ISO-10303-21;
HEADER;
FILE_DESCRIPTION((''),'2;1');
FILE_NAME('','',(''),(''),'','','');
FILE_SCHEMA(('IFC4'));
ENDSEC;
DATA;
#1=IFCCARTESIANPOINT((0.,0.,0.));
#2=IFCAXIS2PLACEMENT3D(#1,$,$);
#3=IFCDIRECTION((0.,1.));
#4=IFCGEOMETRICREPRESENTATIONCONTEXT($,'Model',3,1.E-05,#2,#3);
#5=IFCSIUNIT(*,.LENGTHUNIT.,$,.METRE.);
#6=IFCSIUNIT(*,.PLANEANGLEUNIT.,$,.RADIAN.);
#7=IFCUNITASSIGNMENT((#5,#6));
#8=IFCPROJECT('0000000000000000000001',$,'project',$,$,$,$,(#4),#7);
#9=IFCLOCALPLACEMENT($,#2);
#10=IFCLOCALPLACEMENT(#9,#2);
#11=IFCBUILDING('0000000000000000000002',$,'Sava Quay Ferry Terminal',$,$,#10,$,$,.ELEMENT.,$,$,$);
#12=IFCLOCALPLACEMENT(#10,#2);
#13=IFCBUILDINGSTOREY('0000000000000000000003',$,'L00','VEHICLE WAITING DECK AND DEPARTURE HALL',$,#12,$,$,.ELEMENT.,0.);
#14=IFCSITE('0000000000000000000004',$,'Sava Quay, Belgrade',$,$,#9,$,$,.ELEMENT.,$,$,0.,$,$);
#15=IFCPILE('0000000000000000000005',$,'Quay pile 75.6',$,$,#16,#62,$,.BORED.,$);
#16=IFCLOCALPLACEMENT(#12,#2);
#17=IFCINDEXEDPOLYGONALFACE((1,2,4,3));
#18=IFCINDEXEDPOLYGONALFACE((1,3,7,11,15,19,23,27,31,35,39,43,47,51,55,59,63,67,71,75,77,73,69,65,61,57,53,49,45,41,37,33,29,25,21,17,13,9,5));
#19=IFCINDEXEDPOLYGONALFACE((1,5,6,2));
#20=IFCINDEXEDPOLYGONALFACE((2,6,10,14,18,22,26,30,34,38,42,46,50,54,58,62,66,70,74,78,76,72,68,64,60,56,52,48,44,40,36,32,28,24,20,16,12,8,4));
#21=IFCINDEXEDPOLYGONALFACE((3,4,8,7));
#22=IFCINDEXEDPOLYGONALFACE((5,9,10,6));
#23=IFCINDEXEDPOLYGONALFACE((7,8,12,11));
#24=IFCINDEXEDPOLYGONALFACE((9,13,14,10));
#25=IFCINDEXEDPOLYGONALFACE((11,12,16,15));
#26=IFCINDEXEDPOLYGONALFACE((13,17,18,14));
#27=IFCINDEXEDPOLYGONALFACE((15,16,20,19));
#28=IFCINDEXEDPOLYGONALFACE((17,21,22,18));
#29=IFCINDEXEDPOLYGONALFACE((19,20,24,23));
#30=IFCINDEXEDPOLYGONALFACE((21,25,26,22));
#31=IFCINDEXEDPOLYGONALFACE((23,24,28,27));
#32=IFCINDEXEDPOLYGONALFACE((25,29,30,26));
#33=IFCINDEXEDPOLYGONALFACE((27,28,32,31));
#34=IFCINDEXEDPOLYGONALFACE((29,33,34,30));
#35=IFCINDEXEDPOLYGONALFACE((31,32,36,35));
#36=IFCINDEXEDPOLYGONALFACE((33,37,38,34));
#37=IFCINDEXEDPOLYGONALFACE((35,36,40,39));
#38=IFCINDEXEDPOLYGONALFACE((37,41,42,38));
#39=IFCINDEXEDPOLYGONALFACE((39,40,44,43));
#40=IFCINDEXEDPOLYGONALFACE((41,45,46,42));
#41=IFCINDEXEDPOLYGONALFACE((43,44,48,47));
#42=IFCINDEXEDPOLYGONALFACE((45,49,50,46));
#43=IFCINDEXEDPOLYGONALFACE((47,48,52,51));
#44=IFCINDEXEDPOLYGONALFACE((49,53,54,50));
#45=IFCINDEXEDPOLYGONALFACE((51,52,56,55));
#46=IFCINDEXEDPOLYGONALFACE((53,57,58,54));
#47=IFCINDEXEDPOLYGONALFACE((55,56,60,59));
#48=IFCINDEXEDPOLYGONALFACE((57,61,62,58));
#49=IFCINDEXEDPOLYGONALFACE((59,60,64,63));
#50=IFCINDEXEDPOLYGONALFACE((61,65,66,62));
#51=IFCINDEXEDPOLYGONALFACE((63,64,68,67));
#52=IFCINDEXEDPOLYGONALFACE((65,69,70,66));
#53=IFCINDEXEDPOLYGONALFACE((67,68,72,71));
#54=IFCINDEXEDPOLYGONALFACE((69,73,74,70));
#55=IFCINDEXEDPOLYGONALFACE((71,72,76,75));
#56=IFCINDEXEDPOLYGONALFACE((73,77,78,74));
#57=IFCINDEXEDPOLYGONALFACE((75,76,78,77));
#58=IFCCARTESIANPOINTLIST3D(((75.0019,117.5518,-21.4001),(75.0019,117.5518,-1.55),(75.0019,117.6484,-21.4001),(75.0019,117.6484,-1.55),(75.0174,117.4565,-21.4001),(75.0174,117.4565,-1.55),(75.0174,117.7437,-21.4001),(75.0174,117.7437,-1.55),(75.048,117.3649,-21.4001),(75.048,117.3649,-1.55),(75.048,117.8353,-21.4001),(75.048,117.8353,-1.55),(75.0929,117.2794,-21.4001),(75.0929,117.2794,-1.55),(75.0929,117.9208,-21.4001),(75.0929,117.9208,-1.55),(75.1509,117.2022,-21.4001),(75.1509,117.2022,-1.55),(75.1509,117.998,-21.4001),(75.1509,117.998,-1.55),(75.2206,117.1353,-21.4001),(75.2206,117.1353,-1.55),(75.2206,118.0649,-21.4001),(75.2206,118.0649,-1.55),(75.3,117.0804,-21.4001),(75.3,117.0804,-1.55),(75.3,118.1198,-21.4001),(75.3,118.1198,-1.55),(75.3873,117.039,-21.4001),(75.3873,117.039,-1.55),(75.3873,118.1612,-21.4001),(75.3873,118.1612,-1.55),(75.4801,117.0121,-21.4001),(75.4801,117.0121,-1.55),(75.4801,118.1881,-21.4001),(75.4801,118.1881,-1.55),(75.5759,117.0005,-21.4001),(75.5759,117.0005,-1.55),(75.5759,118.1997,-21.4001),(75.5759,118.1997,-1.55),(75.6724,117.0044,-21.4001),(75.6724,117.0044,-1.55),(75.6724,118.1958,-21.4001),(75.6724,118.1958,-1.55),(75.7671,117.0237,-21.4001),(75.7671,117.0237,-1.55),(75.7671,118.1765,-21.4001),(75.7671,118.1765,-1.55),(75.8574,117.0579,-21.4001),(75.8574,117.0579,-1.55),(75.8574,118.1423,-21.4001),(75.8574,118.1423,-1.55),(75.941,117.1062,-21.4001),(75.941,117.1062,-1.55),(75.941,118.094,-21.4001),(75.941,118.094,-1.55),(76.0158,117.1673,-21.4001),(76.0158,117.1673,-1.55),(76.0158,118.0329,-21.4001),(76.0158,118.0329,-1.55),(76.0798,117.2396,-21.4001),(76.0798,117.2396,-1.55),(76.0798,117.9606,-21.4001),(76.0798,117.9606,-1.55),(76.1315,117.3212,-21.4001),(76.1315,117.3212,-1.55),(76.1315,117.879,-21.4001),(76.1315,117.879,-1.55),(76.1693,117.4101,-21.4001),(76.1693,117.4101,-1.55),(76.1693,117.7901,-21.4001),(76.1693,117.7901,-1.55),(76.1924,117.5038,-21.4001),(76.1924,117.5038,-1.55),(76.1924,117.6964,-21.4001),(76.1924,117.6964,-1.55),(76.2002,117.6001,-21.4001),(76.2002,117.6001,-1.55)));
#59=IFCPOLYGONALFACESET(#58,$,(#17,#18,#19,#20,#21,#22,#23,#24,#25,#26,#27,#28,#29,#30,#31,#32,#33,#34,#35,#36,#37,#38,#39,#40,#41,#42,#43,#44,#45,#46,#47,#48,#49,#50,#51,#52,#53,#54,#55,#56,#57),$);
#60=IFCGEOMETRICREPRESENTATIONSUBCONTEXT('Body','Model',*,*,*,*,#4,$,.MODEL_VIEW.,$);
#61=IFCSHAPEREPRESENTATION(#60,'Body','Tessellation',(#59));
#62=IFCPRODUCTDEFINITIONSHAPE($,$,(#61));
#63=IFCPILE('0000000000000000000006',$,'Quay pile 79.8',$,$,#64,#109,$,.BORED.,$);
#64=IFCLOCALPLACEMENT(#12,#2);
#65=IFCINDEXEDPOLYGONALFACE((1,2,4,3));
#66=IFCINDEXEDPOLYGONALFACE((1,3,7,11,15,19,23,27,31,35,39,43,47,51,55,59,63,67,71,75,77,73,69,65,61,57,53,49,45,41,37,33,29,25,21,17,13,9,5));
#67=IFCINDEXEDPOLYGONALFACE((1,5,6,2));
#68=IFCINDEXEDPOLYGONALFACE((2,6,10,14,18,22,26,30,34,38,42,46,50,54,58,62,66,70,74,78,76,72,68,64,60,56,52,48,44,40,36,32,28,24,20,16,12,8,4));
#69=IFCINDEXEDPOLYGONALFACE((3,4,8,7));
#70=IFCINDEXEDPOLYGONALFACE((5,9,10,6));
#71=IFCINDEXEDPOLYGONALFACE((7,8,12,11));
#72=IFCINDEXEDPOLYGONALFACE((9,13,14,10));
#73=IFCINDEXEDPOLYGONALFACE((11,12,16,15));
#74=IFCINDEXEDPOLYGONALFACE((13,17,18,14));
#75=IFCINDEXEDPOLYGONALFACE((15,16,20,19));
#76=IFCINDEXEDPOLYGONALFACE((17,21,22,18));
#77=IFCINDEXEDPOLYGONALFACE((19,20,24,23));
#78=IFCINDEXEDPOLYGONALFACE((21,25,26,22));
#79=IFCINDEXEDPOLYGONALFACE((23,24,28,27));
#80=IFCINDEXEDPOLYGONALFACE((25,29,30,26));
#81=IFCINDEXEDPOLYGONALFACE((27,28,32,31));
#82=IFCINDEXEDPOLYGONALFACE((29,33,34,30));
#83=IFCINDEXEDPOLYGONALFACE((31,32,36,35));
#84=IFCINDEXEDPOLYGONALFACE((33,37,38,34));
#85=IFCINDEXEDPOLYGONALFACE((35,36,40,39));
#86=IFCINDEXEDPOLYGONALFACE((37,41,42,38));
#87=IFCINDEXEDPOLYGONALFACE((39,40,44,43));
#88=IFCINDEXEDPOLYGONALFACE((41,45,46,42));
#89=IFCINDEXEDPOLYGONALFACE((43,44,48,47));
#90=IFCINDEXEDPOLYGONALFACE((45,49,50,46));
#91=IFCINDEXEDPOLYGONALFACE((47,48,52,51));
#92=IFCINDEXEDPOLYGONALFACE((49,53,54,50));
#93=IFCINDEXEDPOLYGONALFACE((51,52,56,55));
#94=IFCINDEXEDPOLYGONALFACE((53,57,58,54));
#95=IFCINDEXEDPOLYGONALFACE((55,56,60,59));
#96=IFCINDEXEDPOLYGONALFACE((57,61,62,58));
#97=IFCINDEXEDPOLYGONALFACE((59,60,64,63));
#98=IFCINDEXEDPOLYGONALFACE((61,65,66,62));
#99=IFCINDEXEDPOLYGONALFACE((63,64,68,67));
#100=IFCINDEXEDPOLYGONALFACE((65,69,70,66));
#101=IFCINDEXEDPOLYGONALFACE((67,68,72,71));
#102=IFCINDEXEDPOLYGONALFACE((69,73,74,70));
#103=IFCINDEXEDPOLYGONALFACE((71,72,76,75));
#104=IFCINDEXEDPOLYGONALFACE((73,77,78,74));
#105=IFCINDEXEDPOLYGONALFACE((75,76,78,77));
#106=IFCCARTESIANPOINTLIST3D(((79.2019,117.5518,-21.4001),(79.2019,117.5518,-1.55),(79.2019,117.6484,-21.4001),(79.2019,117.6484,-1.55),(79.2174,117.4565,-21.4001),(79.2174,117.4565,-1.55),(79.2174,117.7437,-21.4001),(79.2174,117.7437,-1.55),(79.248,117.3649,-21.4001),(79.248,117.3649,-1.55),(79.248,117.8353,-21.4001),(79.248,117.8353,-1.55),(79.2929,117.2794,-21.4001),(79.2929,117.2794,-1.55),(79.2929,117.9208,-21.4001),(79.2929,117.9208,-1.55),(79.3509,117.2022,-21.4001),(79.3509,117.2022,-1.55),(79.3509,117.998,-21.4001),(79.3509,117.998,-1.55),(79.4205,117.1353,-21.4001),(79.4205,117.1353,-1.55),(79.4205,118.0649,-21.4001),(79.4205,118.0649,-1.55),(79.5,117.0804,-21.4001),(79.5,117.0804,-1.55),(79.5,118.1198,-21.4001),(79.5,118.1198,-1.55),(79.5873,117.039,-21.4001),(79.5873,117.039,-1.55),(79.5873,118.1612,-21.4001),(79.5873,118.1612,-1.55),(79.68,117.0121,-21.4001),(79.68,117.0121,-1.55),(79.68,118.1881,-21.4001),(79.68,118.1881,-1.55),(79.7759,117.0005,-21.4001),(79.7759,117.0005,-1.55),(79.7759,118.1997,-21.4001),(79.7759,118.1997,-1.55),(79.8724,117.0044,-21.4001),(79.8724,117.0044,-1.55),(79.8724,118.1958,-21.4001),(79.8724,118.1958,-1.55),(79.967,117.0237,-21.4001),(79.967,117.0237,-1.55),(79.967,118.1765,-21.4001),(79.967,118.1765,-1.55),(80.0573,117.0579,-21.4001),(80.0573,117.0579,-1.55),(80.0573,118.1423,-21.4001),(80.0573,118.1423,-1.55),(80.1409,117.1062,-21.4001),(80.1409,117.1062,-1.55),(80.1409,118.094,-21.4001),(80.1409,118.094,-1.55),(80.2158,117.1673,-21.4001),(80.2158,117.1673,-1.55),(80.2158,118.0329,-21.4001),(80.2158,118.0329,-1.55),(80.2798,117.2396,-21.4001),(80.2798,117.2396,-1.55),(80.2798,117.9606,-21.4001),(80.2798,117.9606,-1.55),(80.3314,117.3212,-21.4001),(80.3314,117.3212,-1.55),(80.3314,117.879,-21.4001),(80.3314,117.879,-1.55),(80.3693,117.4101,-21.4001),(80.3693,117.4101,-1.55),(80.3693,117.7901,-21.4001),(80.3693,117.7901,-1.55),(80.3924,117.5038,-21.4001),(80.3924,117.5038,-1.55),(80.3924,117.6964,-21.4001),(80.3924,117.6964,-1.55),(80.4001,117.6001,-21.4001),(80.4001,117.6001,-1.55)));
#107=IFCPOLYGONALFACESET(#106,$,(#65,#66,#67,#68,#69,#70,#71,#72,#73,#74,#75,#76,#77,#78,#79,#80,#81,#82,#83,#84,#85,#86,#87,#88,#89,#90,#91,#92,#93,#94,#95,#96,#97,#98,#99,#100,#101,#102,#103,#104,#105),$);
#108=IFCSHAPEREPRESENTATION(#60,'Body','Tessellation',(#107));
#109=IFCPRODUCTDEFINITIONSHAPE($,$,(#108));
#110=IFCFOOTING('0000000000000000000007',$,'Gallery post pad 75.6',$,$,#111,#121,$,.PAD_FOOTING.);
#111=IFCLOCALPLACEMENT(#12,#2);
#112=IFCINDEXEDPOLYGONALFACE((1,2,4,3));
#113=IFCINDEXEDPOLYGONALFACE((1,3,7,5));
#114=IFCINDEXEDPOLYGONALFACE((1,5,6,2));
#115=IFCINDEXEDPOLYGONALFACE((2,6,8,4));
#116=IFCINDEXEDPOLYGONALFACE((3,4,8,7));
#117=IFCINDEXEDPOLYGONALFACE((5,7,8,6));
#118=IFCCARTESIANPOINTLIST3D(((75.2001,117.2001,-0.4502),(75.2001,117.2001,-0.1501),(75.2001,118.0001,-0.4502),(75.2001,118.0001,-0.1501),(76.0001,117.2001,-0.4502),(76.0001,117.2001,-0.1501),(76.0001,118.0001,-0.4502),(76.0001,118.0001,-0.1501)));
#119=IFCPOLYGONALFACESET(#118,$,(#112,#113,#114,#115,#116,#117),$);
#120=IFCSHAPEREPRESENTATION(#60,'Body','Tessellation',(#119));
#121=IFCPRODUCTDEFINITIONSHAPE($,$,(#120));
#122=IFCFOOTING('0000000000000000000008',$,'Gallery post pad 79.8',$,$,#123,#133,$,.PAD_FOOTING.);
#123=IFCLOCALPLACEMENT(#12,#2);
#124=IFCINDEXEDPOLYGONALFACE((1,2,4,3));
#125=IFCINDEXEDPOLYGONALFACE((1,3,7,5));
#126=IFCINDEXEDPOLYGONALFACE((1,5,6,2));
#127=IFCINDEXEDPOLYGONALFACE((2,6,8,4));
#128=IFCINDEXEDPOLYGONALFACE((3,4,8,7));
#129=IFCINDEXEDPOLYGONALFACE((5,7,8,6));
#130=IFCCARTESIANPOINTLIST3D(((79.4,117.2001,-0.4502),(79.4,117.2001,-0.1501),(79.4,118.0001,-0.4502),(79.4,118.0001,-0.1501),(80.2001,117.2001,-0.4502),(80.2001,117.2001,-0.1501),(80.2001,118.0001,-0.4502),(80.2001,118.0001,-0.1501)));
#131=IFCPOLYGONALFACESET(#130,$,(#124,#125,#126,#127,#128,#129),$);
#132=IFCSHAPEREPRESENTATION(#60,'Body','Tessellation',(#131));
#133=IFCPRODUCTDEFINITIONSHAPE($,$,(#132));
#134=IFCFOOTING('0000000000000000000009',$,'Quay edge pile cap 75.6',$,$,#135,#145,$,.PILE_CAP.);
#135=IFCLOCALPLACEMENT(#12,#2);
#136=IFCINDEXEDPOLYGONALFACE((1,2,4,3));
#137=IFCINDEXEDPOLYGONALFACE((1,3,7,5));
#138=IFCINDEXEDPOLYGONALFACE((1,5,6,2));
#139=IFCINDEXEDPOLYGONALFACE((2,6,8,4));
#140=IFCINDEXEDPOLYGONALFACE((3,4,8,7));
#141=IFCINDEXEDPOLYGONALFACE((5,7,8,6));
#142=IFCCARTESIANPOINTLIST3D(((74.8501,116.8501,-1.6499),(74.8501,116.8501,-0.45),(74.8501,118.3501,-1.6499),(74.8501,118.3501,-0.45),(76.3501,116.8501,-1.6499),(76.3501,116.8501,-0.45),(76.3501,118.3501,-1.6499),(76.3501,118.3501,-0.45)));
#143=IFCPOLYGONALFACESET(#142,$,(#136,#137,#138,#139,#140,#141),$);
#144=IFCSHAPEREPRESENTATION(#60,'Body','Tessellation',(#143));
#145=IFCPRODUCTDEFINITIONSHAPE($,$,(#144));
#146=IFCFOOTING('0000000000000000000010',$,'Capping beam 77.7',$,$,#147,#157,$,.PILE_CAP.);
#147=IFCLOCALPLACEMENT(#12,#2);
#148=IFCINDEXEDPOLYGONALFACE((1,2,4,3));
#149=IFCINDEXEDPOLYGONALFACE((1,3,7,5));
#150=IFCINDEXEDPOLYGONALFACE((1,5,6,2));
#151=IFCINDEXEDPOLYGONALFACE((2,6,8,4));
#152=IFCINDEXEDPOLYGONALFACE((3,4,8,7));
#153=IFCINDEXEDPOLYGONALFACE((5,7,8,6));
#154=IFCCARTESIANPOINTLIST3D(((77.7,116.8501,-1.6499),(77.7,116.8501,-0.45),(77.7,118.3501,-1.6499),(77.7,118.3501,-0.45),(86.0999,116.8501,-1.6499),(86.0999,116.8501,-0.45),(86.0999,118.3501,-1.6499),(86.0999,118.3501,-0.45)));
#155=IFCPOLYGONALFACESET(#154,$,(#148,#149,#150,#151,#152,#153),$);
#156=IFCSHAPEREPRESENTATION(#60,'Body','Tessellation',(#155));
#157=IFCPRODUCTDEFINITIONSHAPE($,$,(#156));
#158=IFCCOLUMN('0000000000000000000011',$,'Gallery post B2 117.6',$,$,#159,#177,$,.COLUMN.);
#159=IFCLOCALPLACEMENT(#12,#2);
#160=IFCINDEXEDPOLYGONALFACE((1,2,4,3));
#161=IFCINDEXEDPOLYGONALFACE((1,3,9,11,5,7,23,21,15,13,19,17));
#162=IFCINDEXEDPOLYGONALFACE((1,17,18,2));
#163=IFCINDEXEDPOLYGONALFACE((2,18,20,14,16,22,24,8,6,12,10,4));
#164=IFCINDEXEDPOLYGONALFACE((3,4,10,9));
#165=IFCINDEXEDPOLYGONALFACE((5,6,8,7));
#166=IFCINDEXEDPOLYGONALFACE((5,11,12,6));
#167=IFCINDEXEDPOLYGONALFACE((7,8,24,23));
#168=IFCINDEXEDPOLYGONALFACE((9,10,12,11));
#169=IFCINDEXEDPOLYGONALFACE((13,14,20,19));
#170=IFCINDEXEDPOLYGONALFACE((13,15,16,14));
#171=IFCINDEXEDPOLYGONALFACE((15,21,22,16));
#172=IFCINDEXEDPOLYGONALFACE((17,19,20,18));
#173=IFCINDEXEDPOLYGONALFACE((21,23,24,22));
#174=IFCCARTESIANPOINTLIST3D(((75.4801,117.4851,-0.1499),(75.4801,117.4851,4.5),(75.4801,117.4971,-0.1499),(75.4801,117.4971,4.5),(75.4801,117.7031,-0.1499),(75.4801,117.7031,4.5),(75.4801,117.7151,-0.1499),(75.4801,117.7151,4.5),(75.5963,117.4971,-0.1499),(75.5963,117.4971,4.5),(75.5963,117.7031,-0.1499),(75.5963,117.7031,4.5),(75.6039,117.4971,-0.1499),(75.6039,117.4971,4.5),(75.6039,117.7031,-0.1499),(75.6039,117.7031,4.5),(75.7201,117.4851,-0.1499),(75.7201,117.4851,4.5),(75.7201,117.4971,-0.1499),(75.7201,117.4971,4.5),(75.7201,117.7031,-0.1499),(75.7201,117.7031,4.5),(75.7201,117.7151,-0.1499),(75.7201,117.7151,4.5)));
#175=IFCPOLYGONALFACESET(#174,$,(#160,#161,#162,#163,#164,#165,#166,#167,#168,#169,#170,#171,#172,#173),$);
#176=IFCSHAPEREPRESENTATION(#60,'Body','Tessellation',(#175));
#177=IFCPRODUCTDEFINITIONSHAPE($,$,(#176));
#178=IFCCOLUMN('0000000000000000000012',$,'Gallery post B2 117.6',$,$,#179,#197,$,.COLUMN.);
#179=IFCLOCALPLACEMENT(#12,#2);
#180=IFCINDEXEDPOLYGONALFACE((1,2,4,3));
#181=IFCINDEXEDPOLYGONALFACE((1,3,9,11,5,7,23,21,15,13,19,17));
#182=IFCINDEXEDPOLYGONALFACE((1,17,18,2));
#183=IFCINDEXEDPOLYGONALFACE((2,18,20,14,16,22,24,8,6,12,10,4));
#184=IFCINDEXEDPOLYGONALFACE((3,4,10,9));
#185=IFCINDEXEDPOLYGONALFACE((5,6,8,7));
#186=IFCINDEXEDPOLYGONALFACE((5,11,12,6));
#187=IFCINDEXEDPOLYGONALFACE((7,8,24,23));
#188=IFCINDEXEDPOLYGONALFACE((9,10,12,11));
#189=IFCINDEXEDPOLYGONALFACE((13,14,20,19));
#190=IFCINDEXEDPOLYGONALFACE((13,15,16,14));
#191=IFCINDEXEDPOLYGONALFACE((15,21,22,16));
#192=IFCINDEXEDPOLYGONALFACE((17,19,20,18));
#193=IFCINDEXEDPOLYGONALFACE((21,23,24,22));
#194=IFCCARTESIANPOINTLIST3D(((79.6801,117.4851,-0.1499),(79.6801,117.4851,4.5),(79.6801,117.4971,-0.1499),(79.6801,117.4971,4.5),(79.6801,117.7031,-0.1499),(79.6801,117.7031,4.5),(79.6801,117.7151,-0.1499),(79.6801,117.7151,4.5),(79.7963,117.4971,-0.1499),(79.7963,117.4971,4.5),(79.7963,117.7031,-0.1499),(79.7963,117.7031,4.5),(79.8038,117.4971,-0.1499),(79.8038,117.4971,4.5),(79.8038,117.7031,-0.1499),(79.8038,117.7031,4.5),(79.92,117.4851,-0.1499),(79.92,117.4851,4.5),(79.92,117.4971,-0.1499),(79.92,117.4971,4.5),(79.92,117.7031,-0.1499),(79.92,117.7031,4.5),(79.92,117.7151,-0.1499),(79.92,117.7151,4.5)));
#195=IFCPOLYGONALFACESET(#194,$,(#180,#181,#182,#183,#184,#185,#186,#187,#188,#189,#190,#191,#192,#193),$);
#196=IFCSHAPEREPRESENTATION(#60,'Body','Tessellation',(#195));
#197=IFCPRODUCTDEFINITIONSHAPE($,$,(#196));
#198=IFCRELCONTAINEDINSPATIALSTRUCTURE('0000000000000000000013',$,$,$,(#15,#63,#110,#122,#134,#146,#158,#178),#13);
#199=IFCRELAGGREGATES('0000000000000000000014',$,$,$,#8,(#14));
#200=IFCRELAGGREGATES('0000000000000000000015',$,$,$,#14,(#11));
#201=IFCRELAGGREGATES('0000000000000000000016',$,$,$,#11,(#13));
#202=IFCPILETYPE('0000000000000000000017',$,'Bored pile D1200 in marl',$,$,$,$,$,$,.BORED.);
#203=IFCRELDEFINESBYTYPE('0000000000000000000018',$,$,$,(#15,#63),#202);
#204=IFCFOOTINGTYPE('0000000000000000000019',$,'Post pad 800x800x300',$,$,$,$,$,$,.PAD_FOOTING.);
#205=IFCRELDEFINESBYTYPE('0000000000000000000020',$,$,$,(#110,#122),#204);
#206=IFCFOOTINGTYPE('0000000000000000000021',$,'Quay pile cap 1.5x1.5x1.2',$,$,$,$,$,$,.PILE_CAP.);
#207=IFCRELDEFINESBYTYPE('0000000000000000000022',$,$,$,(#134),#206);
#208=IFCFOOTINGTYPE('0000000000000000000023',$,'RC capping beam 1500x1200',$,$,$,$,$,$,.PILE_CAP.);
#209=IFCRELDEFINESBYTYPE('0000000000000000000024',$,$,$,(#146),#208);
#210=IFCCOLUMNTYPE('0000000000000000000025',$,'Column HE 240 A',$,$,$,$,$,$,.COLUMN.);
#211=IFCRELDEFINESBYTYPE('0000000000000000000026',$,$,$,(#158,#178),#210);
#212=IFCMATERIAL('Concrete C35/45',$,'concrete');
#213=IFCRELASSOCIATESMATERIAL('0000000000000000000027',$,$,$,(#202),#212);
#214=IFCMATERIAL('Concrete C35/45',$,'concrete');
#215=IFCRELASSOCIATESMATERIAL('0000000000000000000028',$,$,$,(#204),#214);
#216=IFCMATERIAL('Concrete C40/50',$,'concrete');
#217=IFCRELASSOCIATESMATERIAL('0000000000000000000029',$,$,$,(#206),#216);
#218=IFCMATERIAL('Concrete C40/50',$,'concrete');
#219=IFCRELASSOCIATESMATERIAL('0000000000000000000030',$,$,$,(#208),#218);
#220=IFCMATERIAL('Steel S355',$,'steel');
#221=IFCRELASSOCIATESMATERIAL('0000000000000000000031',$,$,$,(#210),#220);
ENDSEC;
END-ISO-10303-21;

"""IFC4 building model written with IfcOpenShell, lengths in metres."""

from ifc_helpers import new_model, si_unit, direction, frame, origin, origin_2d, place, context, subcontext, project, spatial, rectangle, circle, i_section, extrude, material, material_profile, profile_set, type_object, element, save


model = new_model("IFC4")

# Units and contexts
model_context = context("Model", 3, precision=1e-05, world=origin(), true_north=direction((0.0, 1.0)))
body_context = subcontext(model_context, "Body", "Model", "MODEL_VIEW")
ifc_project = project(units=[si_unit("LENGTHUNIT", "METRE"), si_unit("PLANEANGLEUNIT", "RADIAN")], contexts=[model_context])

# Site, building, storey
site_placement = place(None, origin())
site = spatial("IfcSite", under=ifc_project, at=site_placement, Name="Sava Quay, Belgrade", CompositionType="ELEMENT", RefElevation=0.0)
building_placement = place(site_placement, origin())
building = spatial("IfcBuilding", under=site, at=building_placement, Name="Sava Quay Ferry Terminal", CompositionType="ELEMENT")
storey_placement = place(building_placement, origin())
storey = spatial("IfcBuildingStorey", under=building, at=storey_placement, Name="L00", Description="VEHICLE WAITING DECK AND DEPARTURE HALL", CompositionType="ELEMENT", Elevation=0.0)

# Piles
ifc_material_1 = material(Name="Concrete C35/45", Category="concrete")
ifc_material_profile_1 = material_profile(ifc_material_1, circle(Radius=0.6001, at=origin_2d()), Name="Bored pile D1200 in marl")
ifc_profile_set_1 = profile_set([ifc_material_profile_1], Name="Concrete C35/45")
pile_type = type_object("IfcPileType", Name="Bored pile D1200 in marl", PredefinedType="BORED", material=ifc_profile_set_1)
for number, where, z_axis, x_axis, name in (
    (1, (75.6001, 117.6001, -1.55), (0.0, 0.0, -1.0), (1.0, 0.0, 0.0), "Quay pile 75.6"),
    (2, (79.8, 117.6001, -1.55), (0.0, 0.0, -1.0), (1.0, 0.0, 0.0), "Quay pile 79.8"),
):
    element("IfcPile", number, at=place(storey_placement, frame(where, z_axis=z_axis, x_axis=x_axis)), inside=storey, type_object=pile_type, Name=name, PredefinedType="BORED", context=body_context, shape_type="SweptSolid", body=[
        extrude(circle(Radius=0.6001, at=origin_2d()), origin(), (0.0, 0.0, 1.0), 19.8501),
    ])

# Footings
ifc_material_2 = material(Name="Concrete C35/45", Category="concrete")
footing_type_1 = type_object("IfcFootingType", Name="Post pad 800x800x300", PredefinedType="PAD_FOOTING", material=ifc_material_2)
for number, where, z_axis, x_axis, name in (
    (3, (75.6001, 117.6001, -0.4502), (0.0, 0.0, 1.0), (1.0, 0.0, 0.0), "Gallery post pad 75.6"),
    (4, (79.8, 117.6001, -0.4502), (0.0, 0.0, 1.0), (1.0, 0.0, 0.0), "Gallery post pad 79.8"),
):
    element("IfcFooting", number, at=place(storey_placement, frame(where, z_axis=z_axis, x_axis=x_axis)), inside=storey, type_object=footing_type_1, Name=name, PredefinedType="PAD_FOOTING", context=body_context, shape_type="SweptSolid", body=[
        extrude(rectangle(XDim=0.8, YDim=0.8, at=origin_2d()), origin(), (0.0, 0.0, 1.0), 0.3),
    ])
ifc_material_3 = material(Name="Concrete C40/50", Category="concrete")
footing_type_2 = type_object("IfcFootingType", Name="Quay pile cap 1.5x1.5x1.2", PredefinedType="PILE_CAP", material=ifc_material_3)
footing_1_placement = place(storey_placement, frame((75.6001, 117.6001, -1.6499), z_axis=(0.0, 0.0, 1.0), x_axis=(1.0, 0.0, 0.0)))
element("IfcFooting", 5, at=footing_1_placement, inside=storey, type_object=footing_type_2, Name="Quay edge pile cap 75.6", PredefinedType="PILE_CAP", context=body_context, shape_type="SweptSolid", body=[
    extrude(rectangle(XDim=1.5, YDim=1.5, at=origin_2d()), origin(), (0.0, 0.0, 1.0), 1.2),
])
ifc_material_4 = material(Name="Concrete C40/50", Category="concrete")
footing_type_3 = type_object("IfcFootingType", Name="RC capping beam 1500x1200", PredefinedType="PILE_CAP", material=ifc_material_4)
footing_2_placement = place(storey_placement, frame((81.8999, 117.6001, -1.6499), z_axis=(0.0, 0.0, 1.0), x_axis=(1.0, 0.0, 0.0)))
element("IfcFooting", 6, at=footing_2_placement, inside=storey, type_object=footing_type_3, Name="Capping beam 77.7", PredefinedType="PILE_CAP", context=body_context, shape_type="SweptSolid", body=[
    extrude(rectangle(XDim=8.3999, YDim=1.5, at=origin_2d()), origin(), (0.0, 0.0, 1.0), 1.2),
])

# Columns
ifc_material_5 = material(Name="Steel S355", Category="steel")
ifc_material_profile_2 = material_profile(ifc_material_5, i_section(OverallWidth=0.24, OverallDepth=0.23, WebThickness=0.0076, FlangeThickness=0.012, at=origin_2d()), Name="HE 240 A")
ifc_profile_set_2 = profile_set([ifc_material_profile_2], Name="Steel S355")
column_type = type_object("IfcColumnType", Name="Column HE 240 A", PredefinedType="COLUMN", material=ifc_profile_set_2)
for number, where, z_axis, x_axis, name in (
    (7, (75.6001, 117.6001, -0.1499), (0.0, 0.0, 1.0), (1.0, 0.0, 0.0), "Gallery post B2 117.6"),
    (8, (79.8, 117.6001, -0.1499), (0.0, 0.0, 1.0), (1.0, 0.0, 0.0), "Gallery post B2 117.6"),
):
    element("IfcColumn", number, at=place(storey_placement, frame(where, z_axis=z_axis, x_axis=x_axis)), inside=storey, type_object=column_type, Name=name, PredefinedType="COLUMN", context=body_context, shape_type="SweptSolid", body=[
        extrude(i_section(OverallWidth=0.24, OverallDepth=0.23, WebThickness=0.0076, FlangeThickness=0.012, at=origin_2d()), origin(), (0.0, 0.0, 1.0), 4.6499),
    ])

save(model, "model.ifc")
